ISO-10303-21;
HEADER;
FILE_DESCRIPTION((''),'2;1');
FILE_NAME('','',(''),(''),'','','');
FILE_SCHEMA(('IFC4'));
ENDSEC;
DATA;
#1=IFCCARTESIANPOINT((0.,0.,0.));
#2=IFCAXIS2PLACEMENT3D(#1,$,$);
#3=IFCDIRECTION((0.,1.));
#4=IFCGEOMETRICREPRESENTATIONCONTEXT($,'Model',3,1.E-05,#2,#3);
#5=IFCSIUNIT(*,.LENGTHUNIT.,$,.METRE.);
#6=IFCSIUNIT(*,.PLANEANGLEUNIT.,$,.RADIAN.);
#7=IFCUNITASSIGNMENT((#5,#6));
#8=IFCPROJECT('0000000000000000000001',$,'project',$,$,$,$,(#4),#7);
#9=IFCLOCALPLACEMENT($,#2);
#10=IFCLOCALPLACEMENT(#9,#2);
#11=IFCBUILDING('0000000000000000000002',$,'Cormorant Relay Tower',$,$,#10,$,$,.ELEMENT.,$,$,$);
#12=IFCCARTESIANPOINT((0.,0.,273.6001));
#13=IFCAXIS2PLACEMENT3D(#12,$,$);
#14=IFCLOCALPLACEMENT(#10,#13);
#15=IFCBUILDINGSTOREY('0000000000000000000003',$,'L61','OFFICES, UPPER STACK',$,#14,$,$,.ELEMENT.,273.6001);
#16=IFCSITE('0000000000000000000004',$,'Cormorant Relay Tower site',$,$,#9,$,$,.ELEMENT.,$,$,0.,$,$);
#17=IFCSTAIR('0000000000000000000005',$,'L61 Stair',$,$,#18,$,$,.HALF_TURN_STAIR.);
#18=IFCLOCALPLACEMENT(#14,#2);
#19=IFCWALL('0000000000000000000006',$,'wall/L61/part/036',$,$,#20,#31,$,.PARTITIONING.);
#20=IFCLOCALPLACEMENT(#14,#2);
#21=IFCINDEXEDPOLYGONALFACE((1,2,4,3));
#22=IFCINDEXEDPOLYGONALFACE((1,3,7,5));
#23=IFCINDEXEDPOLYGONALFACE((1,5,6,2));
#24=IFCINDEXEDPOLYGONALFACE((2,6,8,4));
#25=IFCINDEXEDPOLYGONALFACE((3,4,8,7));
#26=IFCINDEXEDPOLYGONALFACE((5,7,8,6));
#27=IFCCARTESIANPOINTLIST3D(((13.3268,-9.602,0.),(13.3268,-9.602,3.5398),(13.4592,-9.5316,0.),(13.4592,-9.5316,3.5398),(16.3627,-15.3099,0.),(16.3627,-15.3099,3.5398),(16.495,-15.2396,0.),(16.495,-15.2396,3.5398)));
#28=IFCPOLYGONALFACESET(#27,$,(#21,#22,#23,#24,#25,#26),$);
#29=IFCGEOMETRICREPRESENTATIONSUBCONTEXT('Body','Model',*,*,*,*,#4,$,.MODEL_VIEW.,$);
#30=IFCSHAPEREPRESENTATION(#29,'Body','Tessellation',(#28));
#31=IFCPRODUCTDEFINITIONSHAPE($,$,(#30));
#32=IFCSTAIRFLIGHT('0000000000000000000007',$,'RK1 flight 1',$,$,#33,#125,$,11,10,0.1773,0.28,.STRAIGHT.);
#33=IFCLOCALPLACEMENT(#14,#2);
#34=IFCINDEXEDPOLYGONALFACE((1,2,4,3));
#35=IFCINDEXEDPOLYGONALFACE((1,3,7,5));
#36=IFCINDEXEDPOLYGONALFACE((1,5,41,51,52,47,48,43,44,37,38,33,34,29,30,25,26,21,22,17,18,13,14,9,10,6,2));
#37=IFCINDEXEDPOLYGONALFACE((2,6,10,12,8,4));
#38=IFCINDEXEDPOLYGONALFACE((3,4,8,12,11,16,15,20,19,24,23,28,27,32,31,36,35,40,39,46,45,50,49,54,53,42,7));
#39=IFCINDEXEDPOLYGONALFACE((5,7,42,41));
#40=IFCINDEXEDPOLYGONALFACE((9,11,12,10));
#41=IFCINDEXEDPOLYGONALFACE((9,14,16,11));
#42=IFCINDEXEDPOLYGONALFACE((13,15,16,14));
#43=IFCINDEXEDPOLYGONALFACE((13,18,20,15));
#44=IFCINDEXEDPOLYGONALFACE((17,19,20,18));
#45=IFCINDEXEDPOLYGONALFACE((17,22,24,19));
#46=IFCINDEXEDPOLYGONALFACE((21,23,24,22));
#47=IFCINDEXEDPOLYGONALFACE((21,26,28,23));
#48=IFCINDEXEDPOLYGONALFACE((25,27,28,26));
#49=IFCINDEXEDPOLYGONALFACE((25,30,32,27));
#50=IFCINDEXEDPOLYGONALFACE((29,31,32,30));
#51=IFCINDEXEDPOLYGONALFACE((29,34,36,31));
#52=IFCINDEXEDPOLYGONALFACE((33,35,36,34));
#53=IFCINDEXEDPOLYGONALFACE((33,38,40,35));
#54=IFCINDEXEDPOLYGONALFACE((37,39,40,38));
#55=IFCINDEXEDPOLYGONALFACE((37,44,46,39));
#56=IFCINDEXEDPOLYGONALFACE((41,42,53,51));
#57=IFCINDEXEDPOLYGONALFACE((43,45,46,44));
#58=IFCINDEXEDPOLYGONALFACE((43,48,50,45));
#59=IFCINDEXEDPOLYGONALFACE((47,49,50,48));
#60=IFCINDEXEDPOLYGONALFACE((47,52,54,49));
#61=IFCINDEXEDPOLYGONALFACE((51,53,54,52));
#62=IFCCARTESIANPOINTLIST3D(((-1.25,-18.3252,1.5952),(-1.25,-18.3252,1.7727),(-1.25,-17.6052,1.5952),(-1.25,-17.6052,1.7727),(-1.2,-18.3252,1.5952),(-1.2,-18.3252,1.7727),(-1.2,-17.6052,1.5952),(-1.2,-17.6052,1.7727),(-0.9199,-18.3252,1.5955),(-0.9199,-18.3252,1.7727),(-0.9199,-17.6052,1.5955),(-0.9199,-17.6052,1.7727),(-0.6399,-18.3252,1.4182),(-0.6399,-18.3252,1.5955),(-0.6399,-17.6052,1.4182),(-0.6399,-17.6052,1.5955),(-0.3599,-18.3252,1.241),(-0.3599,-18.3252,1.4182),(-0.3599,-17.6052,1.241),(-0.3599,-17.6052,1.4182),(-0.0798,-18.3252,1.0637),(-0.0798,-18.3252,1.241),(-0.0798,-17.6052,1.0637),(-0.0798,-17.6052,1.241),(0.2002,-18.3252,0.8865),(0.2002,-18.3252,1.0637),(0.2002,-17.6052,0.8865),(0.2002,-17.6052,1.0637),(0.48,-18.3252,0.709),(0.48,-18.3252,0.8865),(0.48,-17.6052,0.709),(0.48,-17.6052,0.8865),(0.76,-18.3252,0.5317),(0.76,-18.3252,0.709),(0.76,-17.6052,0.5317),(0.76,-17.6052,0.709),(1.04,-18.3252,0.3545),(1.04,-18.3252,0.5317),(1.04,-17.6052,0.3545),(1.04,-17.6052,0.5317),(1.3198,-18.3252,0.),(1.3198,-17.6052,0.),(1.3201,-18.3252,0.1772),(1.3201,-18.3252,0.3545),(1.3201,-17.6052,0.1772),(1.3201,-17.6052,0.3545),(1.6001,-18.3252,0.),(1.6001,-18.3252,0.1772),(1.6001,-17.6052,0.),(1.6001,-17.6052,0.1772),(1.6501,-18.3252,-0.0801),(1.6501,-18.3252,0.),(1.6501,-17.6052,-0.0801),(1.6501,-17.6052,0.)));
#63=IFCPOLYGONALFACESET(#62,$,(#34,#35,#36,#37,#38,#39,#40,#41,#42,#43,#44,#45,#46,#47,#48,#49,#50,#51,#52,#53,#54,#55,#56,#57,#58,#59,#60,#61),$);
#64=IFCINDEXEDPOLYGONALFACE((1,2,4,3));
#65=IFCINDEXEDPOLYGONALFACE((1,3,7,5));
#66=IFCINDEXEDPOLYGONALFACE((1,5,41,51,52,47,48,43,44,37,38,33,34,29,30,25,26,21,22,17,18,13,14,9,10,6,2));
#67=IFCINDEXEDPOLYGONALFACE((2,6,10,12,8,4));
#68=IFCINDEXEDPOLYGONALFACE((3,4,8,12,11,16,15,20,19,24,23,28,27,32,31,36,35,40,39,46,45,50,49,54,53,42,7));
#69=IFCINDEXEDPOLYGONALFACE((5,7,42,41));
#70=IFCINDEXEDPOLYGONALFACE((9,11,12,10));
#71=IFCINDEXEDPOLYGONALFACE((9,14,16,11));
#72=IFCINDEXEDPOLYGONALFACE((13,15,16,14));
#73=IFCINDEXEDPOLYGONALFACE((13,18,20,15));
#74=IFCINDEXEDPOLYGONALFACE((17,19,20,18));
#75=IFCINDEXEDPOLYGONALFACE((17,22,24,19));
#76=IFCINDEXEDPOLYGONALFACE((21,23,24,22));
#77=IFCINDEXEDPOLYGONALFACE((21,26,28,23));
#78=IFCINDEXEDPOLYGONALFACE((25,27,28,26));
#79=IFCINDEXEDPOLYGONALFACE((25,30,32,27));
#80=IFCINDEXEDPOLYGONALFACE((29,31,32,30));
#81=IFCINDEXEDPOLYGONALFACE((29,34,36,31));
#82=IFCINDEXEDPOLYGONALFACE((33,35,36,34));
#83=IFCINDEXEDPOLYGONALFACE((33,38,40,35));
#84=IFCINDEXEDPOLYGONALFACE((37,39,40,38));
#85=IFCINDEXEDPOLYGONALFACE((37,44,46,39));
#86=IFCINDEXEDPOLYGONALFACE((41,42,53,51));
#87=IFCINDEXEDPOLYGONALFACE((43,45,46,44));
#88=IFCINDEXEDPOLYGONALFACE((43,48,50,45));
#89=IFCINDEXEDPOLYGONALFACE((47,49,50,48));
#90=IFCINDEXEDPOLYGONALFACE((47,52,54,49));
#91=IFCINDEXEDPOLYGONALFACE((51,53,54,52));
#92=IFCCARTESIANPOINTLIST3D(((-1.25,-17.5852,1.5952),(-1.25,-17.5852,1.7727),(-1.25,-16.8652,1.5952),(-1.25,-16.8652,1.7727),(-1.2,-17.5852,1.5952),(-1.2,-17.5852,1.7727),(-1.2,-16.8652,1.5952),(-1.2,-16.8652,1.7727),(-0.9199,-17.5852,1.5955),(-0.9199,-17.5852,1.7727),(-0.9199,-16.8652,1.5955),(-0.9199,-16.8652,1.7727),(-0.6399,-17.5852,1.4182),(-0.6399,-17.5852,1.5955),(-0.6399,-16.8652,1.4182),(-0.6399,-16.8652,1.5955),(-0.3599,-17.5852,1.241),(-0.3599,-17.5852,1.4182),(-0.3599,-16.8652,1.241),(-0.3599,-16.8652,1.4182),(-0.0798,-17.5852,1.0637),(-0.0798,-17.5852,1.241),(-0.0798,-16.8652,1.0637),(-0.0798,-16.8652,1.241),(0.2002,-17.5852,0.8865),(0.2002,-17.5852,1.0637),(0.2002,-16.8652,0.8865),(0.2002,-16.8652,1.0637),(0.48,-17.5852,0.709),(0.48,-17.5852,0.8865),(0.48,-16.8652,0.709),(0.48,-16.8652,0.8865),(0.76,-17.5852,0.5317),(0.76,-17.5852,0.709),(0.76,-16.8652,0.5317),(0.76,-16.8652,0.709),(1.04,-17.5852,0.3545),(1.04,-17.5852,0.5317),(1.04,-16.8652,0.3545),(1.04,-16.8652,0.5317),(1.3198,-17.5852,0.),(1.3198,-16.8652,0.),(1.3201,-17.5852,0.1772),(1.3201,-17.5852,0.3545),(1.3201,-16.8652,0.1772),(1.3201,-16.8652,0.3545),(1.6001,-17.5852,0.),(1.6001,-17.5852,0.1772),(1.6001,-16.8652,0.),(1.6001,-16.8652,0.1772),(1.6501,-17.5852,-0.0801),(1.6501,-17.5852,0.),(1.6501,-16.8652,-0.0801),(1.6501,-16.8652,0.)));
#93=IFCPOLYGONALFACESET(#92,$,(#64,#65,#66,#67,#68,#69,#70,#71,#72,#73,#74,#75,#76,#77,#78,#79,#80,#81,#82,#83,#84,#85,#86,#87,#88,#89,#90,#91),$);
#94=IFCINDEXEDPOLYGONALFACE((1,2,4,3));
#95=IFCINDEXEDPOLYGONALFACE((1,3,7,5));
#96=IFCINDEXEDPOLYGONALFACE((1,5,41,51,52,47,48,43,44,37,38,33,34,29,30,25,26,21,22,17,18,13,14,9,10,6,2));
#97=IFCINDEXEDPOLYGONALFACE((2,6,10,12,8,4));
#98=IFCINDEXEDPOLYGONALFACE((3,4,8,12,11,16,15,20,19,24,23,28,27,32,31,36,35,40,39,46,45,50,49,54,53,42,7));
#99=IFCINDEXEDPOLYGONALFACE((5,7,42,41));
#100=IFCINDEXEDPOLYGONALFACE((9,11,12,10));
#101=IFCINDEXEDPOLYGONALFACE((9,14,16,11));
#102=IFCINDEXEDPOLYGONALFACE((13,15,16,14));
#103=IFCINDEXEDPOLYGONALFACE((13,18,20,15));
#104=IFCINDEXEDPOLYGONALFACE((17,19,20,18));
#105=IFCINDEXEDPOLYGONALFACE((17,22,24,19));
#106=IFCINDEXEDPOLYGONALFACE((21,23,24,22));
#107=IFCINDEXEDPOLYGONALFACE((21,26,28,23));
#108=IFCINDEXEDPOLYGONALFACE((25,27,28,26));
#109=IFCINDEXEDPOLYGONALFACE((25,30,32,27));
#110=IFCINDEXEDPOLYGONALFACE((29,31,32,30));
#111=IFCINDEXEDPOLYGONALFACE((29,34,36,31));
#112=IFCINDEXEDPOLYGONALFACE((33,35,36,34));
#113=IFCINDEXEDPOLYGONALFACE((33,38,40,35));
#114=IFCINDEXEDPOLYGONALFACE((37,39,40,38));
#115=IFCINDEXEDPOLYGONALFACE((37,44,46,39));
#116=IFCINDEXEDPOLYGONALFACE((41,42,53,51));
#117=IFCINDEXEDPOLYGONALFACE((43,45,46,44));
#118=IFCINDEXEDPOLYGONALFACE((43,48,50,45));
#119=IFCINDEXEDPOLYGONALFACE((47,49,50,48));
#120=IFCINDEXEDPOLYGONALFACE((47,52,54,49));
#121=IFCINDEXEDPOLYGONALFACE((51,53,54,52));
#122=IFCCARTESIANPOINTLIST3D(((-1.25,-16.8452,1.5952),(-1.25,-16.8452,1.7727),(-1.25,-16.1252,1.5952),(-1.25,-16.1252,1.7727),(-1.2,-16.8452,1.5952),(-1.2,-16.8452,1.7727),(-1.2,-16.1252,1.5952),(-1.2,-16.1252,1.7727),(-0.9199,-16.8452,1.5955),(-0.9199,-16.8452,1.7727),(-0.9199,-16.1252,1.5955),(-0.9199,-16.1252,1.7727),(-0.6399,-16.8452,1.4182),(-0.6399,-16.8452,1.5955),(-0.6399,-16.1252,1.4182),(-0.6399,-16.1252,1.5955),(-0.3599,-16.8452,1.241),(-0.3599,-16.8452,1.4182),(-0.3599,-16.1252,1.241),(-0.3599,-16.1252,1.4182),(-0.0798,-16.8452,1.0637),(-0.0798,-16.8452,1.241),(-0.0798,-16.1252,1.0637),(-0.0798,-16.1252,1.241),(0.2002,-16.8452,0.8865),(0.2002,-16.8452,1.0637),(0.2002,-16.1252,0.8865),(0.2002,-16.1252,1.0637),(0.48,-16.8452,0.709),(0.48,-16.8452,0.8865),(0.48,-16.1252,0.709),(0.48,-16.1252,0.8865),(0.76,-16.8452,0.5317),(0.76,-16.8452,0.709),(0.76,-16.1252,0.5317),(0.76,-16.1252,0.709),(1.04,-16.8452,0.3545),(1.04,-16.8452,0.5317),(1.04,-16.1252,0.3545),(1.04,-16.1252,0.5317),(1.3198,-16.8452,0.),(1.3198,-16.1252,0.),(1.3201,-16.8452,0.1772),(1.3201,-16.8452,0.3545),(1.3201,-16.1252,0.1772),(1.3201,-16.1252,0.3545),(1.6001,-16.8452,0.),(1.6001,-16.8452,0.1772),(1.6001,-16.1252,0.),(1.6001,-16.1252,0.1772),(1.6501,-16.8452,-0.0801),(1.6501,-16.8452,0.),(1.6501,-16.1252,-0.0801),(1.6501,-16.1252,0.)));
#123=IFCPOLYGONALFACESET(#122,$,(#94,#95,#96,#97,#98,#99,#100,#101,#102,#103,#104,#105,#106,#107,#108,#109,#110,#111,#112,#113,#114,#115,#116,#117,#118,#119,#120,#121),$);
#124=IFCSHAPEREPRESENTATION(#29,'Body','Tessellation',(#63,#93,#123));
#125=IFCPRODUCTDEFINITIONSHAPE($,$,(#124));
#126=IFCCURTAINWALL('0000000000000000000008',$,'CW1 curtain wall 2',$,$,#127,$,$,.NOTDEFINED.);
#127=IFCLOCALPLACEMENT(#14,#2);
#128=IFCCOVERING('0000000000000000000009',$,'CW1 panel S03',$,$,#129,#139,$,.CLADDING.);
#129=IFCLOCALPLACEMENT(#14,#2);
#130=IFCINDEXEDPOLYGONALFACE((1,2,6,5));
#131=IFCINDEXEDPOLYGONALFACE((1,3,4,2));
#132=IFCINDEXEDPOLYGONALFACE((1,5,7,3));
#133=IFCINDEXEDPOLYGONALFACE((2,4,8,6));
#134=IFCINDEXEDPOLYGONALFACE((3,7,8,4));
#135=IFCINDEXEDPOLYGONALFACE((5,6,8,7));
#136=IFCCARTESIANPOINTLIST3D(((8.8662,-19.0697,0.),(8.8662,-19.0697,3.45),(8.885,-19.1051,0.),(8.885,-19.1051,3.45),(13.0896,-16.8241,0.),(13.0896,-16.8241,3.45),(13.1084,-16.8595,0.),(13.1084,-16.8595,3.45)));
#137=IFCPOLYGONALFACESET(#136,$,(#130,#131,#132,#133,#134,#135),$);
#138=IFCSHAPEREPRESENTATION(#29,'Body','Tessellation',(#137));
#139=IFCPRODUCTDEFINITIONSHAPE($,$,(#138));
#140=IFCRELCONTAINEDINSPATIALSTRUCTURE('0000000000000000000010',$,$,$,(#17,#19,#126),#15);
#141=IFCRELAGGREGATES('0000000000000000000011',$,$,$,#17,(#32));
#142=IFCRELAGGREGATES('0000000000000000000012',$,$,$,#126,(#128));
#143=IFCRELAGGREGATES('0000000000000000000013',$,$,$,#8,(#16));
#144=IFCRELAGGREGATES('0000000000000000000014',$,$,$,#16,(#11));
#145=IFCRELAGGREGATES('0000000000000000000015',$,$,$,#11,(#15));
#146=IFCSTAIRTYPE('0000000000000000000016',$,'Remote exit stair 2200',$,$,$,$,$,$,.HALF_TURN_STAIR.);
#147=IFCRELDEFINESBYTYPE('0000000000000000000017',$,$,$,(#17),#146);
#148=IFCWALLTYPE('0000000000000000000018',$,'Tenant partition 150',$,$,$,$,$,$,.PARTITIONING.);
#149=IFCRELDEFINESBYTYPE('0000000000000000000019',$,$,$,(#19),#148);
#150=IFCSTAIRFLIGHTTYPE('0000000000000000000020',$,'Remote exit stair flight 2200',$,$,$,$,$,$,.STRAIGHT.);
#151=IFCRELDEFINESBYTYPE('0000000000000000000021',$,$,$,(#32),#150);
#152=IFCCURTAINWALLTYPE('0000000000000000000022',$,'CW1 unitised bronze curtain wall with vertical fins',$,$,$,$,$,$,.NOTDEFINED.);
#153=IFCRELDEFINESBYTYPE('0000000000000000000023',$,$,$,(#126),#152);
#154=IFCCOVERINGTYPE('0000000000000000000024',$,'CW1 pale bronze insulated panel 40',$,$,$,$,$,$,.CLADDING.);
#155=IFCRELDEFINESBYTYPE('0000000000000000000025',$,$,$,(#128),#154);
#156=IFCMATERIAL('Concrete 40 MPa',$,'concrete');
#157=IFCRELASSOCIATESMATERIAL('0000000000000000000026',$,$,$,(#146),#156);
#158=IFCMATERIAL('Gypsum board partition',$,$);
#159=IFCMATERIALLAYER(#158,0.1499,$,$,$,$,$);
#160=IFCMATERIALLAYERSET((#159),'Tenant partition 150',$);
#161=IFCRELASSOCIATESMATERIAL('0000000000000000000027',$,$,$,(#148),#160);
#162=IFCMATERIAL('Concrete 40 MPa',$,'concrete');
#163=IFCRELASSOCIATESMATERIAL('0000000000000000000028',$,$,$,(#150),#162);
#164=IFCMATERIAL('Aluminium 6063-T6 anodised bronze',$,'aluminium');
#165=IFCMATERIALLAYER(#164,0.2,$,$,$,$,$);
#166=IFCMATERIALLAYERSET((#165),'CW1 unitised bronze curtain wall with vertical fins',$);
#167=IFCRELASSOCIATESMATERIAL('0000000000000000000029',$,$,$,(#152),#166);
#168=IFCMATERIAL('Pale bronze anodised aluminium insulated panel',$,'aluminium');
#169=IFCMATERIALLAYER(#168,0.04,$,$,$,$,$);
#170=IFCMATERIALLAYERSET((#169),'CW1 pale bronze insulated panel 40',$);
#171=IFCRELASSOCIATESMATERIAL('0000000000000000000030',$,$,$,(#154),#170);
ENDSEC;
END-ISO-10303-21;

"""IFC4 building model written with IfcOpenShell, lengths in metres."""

from ifc_helpers import new_model, si_unit, direction, frame, frame_2d, origin, origin_2d, place, context, subcontext, project, spatial, polyline, rectangle, outline, extrude, material, layer, layer_set, type_object, element, aggregate, save


model = new_model("IFC4")

# Units and contexts
model_context = context("Model", 3, precision=1e-05, world=origin(), true_north=direction((0.0, 1.0)))
body_context = subcontext(model_context, "Body", "Model", "MODEL_VIEW")
ifc_project = project(units=[si_unit("LENGTHUNIT", "METRE"), si_unit("PLANEANGLEUNIT", "RADIAN")], contexts=[model_context])

# Site, building, storey
site_placement = place(None, origin())
site = spatial("IfcSite", under=ifc_project, at=site_placement, Name="Cormorant Relay Tower site", CompositionType="ELEMENT", RefElevation=0.0)
building_placement = place(site_placement, origin())
building = spatial("IfcBuilding", under=site, at=building_placement, Name="Cormorant Relay Tower", CompositionType="ELEMENT")
storey_placement = place(building_placement, frame((0.0, 0.0, 273.6001)))
storey = spatial("IfcBuildingStorey", under=building, at=storey_placement, Name="L61", Description="OFFICES, UPPER STACK", CompositionType="ELEMENT", Elevation=273.6001)

# Stair
ifc_material_1 = material(Name="Concrete 40 MPa", Category="concrete")
stair_type_1 = type_object("IfcStairType", Name="Remote exit stair 2200", PredefinedType="HALF_TURN_STAIR", material=ifc_material_1)
stair_1_placement = place(storey_placement, origin())
stair_1 = element("IfcStair", 1, at=stair_1_placement, inside=storey, type_object=stair_type_1, Name="L61 Stair", PredefinedType="HALF_TURN_STAIR")

# Wall
ifc_material_2 = material(Name="Gypsum board partition")
ifc_layer_1 = layer(ifc_material_2, 0.1499)
ifc_layer_set_1 = layer_set([ifc_layer_1], Name="Tenant partition 150")
wall_type_1 = type_object("IfcWallType", Name="Tenant partition 150", PredefinedType="PARTITIONING", material=ifc_layer_set_1)
wall_1_placement = place(storey_placement, frame((13.3931, -9.5669, 0.0), z_axis=(0.0, 0.0, 1.0), x_axis=(0.469579, -0.882891, 0.0)))
element("IfcWall", 2, at=wall_1_placement, inside=storey, type_object=wall_type_1, Name="wall/L61/part/036", PredefinedType="PARTITIONING", context=body_context, shape_type="SweptSolid", body=[
    extrude(rectangle(XDim=6.4651, YDim=0.1499, at=frame_2d((3.2324, 0.0))), origin(), (0.0, 0.0, 1.0), 3.5398),
])

# Stair flight
ifc_material_3 = material(Name="Concrete 40 MPa", Category="concrete")
stair_flight_type = type_object("IfcStairFlightType", Name="Remote exit stair flight 2200", PredefinedType="STRAIGHT", material=ifc_material_3)
stair_flight_placement = place(storey_placement, frame((1.6001, -17.2251, 0.0), z_axis=(0.0, 0.0, 1.0), x_axis=(-1.0, 0.0, 0.0)))
stair_flight = element("IfcStairFlight", 3, at=stair_flight_placement, type_object=stair_flight_type, Name="RK1 flight 1", NumberOfRisers=11, NumberOfTreads=10, PredefinedType="STRAIGHT", RiserHeight=0.1773, TreadLength=0.28, context=body_context, shape_type="SweptSolid", body=[
    extrude(outline(polyline([(-0.05, -0.0801), (-0.05, 0.0), (0.0, 0.0), (0.0, 0.1772), (0.28, 0.1772), (0.28, 0.3545), (0.5601, 0.3545), (0.5601, 0.5317), (0.8401, 0.5317), (0.8401, 0.709), (1.1201, 0.709), (1.1201, 0.8865), (1.3999, 0.8865), (1.3999, 1.0637), (1.6799, 1.0637), (1.6799, 1.241), (1.96, 1.241), (1.96, 1.4182), (2.24, 1.4182), (2.24, 1.5955), (2.52, 1.5955), (2.52, 1.7727), (2.8, 1.7727), (2.8501, 1.7727), (2.8501, 1.5952), (2.8, 1.5952), (0.2803, 0.0), (-0.05, -0.0801)])), frame((0.0, 1.1001, 0.0), z_axis=(0.0, -1.0, 0.0), x_axis=(1.0, 0.0, 0.0)), (0.0, 0.0, 1.0), 0.72),
    extrude(outline(polyline([(-0.05, -0.0801), (-0.05, 0.0), (0.0, 0.0), (0.0, 0.1772), (0.28, 0.1772), (0.28, 0.3545), (0.5601, 0.3545), (0.5601, 0.5317), (0.8401, 0.5317), (0.8401, 0.709), (1.1201, 0.709), (1.1201, 0.8865), (1.3999, 0.8865), (1.3999, 1.0637), (1.6799, 1.0637), (1.6799, 1.241), (1.96, 1.241), (1.96, 1.4182), (2.24, 1.4182), (2.24, 1.5955), (2.52, 1.5955), (2.52, 1.7727), (2.8, 1.7727), (2.8501, 1.7727), (2.8501, 1.5952), (2.8, 1.5952), (0.2803, 0.0), (-0.05, -0.0801)])), frame((0.0, 0.3601, 0.0), z_axis=(0.0, -1.0, 0.0), x_axis=(1.0, 0.0, 0.0)), (0.0, 0.0, 1.0), 0.72),
    extrude(outline(polyline([(-0.05, -0.0801), (-0.05, 0.0), (0.0, 0.0), (0.0, 0.1772), (0.28, 0.1772), (0.28, 0.3545), (0.5601, 0.3545), (0.5601, 0.5317), (0.8401, 0.5317), (0.8401, 0.709), (1.1201, 0.709), (1.1201, 0.8865), (1.3999, 0.8865), (1.3999, 1.0637), (1.6799, 1.0637), (1.6799, 1.241), (1.96, 1.241), (1.96, 1.4182), (2.24, 1.4182), (2.24, 1.5955), (2.52, 1.5955), (2.52, 1.7727), (2.8, 1.7727), (2.8501, 1.7727), (2.8501, 1.5952), (2.8, 1.5952), (0.2803, 0.0), (-0.05, -0.0801)])), frame((0.0, -0.3799, 0.0), z_axis=(0.0, -1.0, 0.0), x_axis=(1.0, 0.0, 0.0)), (0.0, 0.0, 1.0), 0.72),
])
aggregate(stair_1, [stair_flight])

# Curtain wall, covering
ifc_material_4 = material(Name="Aluminium 6063-T6 anodised bronze", Category="aluminium")
ifc_layer_2 = layer(ifc_material_4, 0.2)
ifc_layer_set_2 = layer_set([ifc_layer_2], Name="CW1 unitised bronze curtain wall with vertical fins")
curtain_wall_type = type_object("IfcCurtainWallType", Name="CW1 unitised bronze curtain wall with vertical fins", PredefinedType="NOTDEFINED", material=ifc_layer_set_2)
curtain_wall_placement = place(storey_placement, origin())
curtain_wall = element("IfcCurtainWall", 4, at=curtain_wall_placement, inside=storey, type_object=curtain_wall_type, Name="CW1 curtain wall 2", PredefinedType="NOTDEFINED")
ifc_material_5 = material(Name="Pale bronze anodised aluminium insulated panel", Category="aluminium")
ifc_layer_3 = layer(ifc_material_5, 0.04)
ifc_layer_set_3 = layer_set([ifc_layer_3], Name="CW1 pale bronze insulated panel 40")
covering_type = type_object("IfcCoveringType", Name="CW1 pale bronze insulated panel 40", PredefinedType="CLADDING", material=ifc_layer_set_3)
covering_placement = place(storey_placement, frame((10.9873, -17.9646, 0.0), z_axis=(0.0, 0.0, 1.0), x_axis=(0.882948, 0.469472, 0.0)))
covering = element("IfcCovering", 5, at=covering_placement, type_object=covering_type, Name="CW1 panel S03", PredefinedType="CLADDING", context=body_context, shape_type="SweptSolid", body=[
    extrude(rectangle(XDim=4.7832, YDim=0.04, at=origin_2d()), origin(), (0.0, 0.0, 1.0), 3.45),
])
aggregate(curtain_wall, [covering])

save(model, "model.ifc")
